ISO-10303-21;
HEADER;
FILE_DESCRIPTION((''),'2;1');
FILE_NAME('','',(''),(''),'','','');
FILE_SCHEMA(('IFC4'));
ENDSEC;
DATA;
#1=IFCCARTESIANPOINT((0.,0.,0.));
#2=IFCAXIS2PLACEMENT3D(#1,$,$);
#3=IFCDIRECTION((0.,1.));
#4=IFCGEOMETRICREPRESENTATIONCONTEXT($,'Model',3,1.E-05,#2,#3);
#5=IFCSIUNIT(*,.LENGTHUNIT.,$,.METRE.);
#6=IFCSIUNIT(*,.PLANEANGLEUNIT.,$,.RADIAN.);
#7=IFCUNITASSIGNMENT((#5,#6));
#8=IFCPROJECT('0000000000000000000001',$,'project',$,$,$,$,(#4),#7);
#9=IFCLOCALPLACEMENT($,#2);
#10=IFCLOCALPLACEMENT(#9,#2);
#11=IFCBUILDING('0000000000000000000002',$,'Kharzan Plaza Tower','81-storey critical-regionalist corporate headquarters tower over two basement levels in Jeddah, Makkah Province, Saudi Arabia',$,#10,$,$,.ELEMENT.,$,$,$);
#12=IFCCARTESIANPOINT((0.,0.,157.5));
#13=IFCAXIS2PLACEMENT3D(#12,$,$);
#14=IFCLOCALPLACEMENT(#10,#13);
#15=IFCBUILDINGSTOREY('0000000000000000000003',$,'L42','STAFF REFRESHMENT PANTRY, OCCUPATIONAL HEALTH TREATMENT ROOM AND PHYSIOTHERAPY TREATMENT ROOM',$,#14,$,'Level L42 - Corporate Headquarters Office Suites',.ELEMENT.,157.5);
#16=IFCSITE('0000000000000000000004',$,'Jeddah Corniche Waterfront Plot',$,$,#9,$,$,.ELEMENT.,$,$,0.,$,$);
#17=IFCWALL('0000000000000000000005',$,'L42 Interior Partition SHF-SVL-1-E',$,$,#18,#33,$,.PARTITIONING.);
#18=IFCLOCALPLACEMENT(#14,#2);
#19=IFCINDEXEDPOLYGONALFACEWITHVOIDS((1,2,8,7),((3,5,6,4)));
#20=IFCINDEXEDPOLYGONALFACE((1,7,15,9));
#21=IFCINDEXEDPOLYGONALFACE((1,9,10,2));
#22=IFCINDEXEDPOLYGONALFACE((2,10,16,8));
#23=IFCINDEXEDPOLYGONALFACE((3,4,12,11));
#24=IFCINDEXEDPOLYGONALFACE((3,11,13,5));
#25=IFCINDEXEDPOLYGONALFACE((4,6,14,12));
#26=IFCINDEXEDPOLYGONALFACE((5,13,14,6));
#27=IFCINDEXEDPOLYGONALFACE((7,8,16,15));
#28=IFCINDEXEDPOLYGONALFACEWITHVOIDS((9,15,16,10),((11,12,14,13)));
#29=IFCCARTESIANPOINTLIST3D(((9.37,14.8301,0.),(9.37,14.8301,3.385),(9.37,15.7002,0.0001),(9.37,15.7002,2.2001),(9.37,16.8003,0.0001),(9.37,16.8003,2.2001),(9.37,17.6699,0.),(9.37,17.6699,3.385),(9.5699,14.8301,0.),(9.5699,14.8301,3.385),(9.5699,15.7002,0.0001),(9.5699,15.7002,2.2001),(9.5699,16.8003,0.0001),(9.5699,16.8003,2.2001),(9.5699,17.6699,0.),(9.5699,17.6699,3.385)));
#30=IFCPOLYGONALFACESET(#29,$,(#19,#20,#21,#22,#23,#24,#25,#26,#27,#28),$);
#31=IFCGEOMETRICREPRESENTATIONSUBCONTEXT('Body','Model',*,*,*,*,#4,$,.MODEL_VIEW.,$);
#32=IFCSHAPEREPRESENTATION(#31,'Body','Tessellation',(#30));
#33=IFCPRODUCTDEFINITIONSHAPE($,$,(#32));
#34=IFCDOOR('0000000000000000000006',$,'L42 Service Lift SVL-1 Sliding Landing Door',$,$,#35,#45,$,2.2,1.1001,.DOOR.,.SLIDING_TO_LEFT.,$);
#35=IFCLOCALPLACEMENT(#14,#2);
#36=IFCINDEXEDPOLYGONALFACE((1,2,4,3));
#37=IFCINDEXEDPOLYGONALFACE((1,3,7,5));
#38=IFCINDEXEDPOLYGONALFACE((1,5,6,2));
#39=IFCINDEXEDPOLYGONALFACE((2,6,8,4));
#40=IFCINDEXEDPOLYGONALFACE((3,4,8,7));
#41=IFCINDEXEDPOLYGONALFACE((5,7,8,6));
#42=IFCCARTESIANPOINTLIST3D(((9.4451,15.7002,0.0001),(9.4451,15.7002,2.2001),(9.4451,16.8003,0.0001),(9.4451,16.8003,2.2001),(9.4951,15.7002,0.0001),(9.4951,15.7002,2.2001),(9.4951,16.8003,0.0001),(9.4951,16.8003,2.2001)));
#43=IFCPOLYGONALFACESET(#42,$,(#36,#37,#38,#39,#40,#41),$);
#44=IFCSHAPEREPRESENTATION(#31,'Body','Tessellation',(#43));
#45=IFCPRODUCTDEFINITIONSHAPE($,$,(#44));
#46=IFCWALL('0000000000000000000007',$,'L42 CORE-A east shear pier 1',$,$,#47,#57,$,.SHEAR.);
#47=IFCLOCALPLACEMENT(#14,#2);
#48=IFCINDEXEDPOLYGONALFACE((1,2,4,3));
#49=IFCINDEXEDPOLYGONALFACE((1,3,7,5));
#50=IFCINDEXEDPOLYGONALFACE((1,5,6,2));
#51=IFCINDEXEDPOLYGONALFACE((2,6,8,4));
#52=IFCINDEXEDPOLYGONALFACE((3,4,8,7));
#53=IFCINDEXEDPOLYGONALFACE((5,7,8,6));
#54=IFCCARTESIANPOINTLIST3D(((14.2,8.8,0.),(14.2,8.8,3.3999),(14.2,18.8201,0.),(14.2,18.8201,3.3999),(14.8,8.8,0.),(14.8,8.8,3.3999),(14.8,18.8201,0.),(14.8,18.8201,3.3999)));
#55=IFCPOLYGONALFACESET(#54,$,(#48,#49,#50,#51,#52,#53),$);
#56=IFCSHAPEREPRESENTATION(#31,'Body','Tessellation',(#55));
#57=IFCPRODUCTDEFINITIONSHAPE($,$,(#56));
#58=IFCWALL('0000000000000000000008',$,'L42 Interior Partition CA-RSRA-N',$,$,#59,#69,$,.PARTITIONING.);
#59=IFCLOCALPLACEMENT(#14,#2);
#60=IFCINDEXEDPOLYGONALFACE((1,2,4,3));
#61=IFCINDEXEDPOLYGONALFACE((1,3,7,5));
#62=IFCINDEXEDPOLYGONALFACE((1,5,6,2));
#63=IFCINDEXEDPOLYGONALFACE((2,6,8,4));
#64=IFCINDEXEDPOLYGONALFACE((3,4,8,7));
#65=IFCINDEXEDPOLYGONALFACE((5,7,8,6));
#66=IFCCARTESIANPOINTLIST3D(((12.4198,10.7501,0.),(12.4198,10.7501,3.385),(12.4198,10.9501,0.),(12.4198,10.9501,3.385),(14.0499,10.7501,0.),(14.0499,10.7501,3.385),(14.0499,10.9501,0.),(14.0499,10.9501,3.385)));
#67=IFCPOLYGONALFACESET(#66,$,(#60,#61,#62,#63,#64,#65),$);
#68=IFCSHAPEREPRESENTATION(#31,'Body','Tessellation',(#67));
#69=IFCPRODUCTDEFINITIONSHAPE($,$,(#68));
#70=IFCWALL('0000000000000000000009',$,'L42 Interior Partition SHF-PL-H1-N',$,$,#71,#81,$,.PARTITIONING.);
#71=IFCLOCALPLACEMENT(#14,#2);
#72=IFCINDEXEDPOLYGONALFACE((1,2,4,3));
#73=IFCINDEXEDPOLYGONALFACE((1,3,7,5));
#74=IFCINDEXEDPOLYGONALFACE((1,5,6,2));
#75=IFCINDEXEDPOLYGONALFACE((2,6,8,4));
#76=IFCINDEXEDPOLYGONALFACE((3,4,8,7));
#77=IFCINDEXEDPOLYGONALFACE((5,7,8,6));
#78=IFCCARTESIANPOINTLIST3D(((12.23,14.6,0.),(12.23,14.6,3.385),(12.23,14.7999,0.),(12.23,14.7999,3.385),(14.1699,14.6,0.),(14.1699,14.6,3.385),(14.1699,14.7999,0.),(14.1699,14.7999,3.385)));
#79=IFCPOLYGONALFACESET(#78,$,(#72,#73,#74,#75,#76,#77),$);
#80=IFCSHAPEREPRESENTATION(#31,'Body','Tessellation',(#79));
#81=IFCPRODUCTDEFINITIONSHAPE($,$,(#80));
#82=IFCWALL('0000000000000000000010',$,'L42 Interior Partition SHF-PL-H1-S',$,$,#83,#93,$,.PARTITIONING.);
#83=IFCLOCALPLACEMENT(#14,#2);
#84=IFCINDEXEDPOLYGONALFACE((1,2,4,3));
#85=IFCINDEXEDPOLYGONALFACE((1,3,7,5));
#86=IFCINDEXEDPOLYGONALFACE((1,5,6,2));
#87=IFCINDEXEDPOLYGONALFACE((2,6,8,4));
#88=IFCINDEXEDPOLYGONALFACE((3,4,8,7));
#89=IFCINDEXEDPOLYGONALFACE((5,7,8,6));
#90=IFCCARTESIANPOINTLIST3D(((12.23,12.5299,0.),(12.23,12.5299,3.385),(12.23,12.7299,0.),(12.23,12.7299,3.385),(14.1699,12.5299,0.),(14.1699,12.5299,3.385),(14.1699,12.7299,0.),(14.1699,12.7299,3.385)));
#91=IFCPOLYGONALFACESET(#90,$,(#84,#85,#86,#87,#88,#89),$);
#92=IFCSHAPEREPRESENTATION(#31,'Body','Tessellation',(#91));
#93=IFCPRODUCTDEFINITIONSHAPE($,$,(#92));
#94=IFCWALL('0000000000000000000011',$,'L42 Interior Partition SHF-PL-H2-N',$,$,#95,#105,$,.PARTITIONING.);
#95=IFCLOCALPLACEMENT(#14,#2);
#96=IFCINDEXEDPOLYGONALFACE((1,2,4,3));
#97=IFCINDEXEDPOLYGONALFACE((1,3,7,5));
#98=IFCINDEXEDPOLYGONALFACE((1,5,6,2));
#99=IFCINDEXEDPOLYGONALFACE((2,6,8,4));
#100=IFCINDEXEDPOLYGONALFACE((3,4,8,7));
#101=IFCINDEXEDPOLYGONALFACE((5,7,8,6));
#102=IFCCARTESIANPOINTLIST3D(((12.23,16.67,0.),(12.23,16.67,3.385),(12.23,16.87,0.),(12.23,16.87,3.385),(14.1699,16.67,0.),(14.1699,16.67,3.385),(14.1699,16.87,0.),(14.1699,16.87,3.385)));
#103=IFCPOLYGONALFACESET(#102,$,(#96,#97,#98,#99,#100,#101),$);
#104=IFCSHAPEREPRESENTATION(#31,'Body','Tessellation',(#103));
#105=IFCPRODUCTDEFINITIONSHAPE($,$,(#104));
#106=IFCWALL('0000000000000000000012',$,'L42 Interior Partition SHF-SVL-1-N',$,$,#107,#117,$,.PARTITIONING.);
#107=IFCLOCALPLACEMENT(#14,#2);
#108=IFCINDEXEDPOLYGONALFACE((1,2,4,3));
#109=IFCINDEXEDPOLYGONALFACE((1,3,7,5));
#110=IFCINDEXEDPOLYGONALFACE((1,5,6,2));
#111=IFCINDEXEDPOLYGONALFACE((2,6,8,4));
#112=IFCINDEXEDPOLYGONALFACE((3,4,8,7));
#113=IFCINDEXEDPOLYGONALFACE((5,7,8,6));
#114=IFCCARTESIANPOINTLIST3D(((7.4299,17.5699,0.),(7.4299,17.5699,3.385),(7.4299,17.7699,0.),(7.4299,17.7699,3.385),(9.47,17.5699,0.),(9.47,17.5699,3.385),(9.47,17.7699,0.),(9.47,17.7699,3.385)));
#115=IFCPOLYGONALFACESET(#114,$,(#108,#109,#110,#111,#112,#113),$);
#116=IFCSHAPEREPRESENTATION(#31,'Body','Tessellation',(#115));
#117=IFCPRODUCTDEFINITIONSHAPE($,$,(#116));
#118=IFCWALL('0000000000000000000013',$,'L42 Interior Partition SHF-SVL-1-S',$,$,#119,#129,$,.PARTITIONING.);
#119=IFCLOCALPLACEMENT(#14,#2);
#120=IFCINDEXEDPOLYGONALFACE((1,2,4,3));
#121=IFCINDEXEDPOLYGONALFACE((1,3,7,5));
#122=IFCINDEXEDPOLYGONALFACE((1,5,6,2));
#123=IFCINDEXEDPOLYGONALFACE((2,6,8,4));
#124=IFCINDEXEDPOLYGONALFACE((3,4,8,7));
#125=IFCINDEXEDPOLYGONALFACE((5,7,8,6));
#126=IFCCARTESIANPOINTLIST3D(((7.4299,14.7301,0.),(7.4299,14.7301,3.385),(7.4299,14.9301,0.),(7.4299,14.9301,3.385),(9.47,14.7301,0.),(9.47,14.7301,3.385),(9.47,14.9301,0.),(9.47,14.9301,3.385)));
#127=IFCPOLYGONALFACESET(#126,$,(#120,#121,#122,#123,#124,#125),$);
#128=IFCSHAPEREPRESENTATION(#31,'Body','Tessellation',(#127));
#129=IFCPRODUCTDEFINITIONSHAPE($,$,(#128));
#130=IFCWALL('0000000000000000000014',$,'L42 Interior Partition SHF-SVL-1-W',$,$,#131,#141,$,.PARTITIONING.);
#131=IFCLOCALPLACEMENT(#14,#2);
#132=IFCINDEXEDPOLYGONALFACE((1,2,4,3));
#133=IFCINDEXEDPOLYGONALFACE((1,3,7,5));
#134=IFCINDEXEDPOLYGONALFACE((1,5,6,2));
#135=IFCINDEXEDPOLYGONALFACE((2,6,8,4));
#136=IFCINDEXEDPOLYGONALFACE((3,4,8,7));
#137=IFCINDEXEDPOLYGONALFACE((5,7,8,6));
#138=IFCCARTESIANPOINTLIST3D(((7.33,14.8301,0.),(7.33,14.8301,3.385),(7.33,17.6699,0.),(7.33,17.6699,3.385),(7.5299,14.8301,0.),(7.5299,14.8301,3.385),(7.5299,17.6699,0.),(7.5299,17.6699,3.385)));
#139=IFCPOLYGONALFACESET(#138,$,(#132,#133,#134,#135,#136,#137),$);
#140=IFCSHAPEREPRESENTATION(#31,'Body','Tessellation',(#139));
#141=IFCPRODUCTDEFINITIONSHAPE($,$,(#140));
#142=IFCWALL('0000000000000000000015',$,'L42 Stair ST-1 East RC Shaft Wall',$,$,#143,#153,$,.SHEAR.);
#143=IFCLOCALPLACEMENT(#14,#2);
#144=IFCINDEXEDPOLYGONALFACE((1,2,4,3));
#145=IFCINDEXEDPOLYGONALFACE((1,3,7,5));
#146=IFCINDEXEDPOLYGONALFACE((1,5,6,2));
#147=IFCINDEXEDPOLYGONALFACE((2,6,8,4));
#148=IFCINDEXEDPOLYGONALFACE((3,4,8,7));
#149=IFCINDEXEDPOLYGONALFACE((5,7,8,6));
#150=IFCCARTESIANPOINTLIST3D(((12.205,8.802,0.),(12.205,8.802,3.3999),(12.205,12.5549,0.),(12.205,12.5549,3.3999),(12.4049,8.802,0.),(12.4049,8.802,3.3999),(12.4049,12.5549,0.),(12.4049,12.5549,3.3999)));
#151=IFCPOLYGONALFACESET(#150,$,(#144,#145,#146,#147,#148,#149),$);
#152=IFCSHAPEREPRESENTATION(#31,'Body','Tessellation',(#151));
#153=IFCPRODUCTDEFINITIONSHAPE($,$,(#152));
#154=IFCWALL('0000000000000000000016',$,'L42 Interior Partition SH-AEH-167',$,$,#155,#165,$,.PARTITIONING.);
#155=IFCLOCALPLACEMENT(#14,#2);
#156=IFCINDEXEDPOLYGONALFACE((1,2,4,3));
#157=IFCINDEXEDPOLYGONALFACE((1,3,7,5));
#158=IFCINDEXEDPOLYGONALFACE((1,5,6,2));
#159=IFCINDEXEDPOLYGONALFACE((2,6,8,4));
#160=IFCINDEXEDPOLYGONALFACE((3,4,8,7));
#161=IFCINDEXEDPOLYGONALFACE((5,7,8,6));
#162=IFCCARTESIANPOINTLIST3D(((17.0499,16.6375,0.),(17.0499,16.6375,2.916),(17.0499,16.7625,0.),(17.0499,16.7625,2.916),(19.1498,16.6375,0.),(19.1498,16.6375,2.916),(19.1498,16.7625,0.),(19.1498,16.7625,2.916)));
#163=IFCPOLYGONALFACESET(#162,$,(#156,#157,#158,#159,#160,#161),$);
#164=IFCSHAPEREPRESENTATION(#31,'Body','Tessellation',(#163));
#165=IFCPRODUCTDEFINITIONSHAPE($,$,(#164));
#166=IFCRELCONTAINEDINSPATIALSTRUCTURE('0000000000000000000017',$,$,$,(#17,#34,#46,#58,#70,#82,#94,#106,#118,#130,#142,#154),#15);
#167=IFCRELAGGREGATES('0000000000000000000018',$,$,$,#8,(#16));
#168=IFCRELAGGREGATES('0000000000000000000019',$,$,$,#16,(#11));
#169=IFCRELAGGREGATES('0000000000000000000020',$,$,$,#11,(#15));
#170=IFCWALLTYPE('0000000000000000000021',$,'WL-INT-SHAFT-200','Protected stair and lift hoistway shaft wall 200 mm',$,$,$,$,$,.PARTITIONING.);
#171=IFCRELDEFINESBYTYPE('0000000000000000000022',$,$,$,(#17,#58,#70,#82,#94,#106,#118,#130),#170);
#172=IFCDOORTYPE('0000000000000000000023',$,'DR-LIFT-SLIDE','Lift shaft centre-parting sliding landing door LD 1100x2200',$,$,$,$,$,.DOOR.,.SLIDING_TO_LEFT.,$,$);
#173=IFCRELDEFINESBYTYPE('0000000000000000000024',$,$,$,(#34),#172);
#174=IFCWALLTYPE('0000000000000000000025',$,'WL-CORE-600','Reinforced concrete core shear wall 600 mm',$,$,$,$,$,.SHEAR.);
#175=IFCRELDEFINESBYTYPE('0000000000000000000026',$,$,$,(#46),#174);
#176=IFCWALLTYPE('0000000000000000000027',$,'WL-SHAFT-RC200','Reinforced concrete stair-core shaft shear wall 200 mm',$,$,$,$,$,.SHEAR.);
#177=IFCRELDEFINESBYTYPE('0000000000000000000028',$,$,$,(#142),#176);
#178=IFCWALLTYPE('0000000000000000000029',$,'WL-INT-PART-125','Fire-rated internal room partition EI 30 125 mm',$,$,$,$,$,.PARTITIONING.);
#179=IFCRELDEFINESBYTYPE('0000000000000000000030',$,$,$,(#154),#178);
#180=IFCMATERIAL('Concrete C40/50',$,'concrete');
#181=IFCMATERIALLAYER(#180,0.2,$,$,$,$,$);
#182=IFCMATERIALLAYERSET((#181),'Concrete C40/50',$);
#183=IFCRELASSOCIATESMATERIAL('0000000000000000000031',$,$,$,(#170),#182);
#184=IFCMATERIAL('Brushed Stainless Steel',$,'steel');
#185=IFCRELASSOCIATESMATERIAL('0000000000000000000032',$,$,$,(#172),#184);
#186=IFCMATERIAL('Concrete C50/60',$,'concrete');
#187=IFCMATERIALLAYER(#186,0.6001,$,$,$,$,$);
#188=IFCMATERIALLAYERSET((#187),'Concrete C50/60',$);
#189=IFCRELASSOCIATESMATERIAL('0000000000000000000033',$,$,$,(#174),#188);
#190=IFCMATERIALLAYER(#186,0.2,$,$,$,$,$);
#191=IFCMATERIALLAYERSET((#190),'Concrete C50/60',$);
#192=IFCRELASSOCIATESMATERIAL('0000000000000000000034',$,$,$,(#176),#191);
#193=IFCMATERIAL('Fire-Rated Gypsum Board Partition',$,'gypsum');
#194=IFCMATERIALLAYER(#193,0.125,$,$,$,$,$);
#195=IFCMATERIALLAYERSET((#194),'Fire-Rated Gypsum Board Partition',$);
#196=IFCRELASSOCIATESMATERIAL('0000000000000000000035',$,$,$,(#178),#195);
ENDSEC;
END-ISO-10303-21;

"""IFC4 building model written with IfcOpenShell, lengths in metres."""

from ifc_helpers import new_model, si_unit, direction, frame, frame_2d, origin, place, context, subcontext, project, spatial, rectangle, extrude, source, transform, mapped, material, layer, layer_set, type_object, element, fill, save


model = new_model("IFC4")

# Units and contexts
model_context = context("Model", 3, precision=1e-05, world=origin(), true_north=direction((0.0, 1.0)))
body_context = subcontext(model_context, "Body", "Model", "MODEL_VIEW")
ifc_project = project(units=[si_unit("LENGTHUNIT", "METRE"), si_unit("PLANEANGLEUNIT", "RADIAN")], contexts=[model_context])

# Site, building, storey
site_placement = place(None, origin())
site = spatial("IfcSite", under=ifc_project, at=site_placement, Name="Jeddah Corniche Waterfront Plot", CompositionType="ELEMENT", RefElevation=0.0)
building_placement = place(site_placement, origin())
building = spatial("IfcBuilding", under=site, at=building_placement, Name="Kharzan Plaza Tower", Description="81-storey critical-regionalist corporate headquarters tower over two basement levels in Jeddah, Makkah Province, Saudi Arabia", CompositionType="ELEMENT")
storey_placement = place(building_placement, frame((0.0, 0.0, 157.5)))
storey = spatial("IfcBuildingStorey", under=building, at=storey_placement, Name="L42", Description="STAFF REFRESHMENT PANTRY, OCCUPATIONAL HEALTH TREATMENT ROOM AND PHYSIOTHERAPY TREATMENT ROOM", LongName="Level L42 - Corporate Headquarters Office Suites", CompositionType="ELEMENT", Elevation=157.5)

# Wall, opening, door
ifc_material_1 = material(Name="Concrete C40/50", Category="concrete")
ifc_layer_1 = layer(ifc_material_1, 0.2)
ifc_layer_set_1 = layer_set([ifc_layer_1], Name="Concrete C40/50")
wall_type_1 = type_object("IfcWallType", Name="WL-INT-SHAFT-200", Description="Protected stair and lift hoistway shaft wall 200 mm", PredefinedType="PARTITIONING", material=ifc_layer_set_1)
ifc_material_2 = material(Name="Brushed Stainless Steel", Category="steel")
door_type = type_object("IfcDoorType", Name="DR-LIFT-SLIDE", Description="Lift shaft centre-parting sliding landing door LD 1100x2200", OperationType="SLIDING_TO_LEFT", PredefinedType="DOOR", material=ifc_material_2)
shared_shape_1 = source(origin(), body_context, "Body", "SweptSolid", [
    extrude(rectangle(XDim=1.1001, YDim=2.2, at=frame_2d((0.55, 1.1001))), frame((0.0, 0.0249, 0.0), z_axis=(0.0, -1.0, 0.0), x_axis=(1.0, 0.0, 0.0)), (0.0, 0.0, 1.0), 0.05),
])
wall_1_placement = place(storey_placement, frame((9.47, 14.8301, 0.0), z_axis=(0.0, 0.0, 1.0), x_axis=(0.0, 1.0, 0.0)))
wall_1 = element("IfcWall", 1, at=wall_1_placement, inside=storey, type_object=wall_type_1, Name="L42 Interior Partition SHF-SVL-1-E", PredefinedType="PARTITIONING", context=body_context, shape_type="SweptSolid", body=[
    extrude(rectangle(XDim=2.8398, YDim=0.2, at=frame_2d((1.4199, 0.0))), origin(), (0.0, 0.0, 1.0), 3.385),
])
opening_1_placement = place(wall_1_placement, frame((0.8701, 0.0, 0.0)))
opening_1 = element("IfcOpeningElement", 2, at=opening_1_placement, cuts=wall_1, PredefinedType="OPENING", context=body_context, shape_type="SweptSolid", body=[
    extrude(rectangle(XDim=1.1001, YDim=2.2, at=frame_2d((0.55, 1.1001))), frame((0.0, 0.1099, 0.0), z_axis=(0.0, -1.0, 0.0), x_axis=(1.0, 0.0, 0.0)), (0.0, 0.0, 1.0), 0.22),
])
door_1_placement = place(opening_1_placement, origin())
door_1 = element("IfcDoor", 3, at=door_1_placement, inside=storey, type_object=door_type, Name="L42 Service Lift SVL-1 Sliding Landing Door", OperationType="SLIDING_TO_LEFT", OverallHeight=2.2, OverallWidth=1.1001, PredefinedType="DOOR", context=body_context, shape_type="MappedRepresentation", body=[
    mapped(shared_shape_1, transform((0.0, 0.0, 0.0), x_axis=(1.0, 0.0, 0.0), y_axis=(0.0, 1.0, 0.0), z_axis=(0.0, 0.0, 1.0))),
])
fill(opening_1, door_1)

# Walls
ifc_material_3 = material(Name="Concrete C50/60", Category="concrete")
ifc_layer_2 = layer(ifc_material_3, 0.6001)
ifc_layer_set_2 = layer_set([ifc_layer_2], Name="Concrete C50/60")
wall_type_2 = type_object("IfcWallType", Name="WL-CORE-600", Description="Reinforced concrete core shear wall 600 mm", PredefinedType="SHEAR", material=ifc_layer_set_2)
shared_shape_2 = source(origin(), body_context, "Body", "SweptSolid", [
    extrude(rectangle(XDim=10.02, YDim=0.6001, at=frame_2d((5.01, 0.0))), origin(), (0.0, 0.0, 1.0), 3.3999),
])
wall_2_placement = place(storey_placement, frame((14.5, 8.8, 0.0), z_axis=(0.0, 0.0, 1.0), x_axis=(0.0, 1.0, 0.0)))
element("IfcWall", 4, at=wall_2_placement, inside=storey, type_object=wall_type_2, Name="L42 CORE-A east shear pier 1", PredefinedType="SHEAR", context=body_context, shape_type="MappedRepresentation", body=[
    mapped(shared_shape_2, transform((0.0, 0.0, 0.0), x_axis=(1.0, 0.0, 0.0), y_axis=(0.0, 1.0, 0.0), z_axis=(0.0, 0.0, 1.0))),
])
shared_shape_3 = source(origin(), body_context, "Body", "SweptSolid", [
    extrude(rectangle(XDim=1.6301, YDim=0.2, at=frame_2d((0.8149, 0.0))), origin(), (0.0, 0.0, 1.0), 3.385),
])
wall_3_placement = place(storey_placement, frame((12.4199, 10.8501, 0.0), z_axis=(0.0, 0.0, 1.0), x_axis=(1.0, 0.0, 0.0)))
element("IfcWall", 5, at=wall_3_placement, inside=storey, type_object=wall_type_1, Name="L42 Interior Partition CA-RSRA-N", PredefinedType="PARTITIONING", context=body_context, shape_type="MappedRepresentation", body=[
    mapped(shared_shape_3, transform((0.0, 0.0, 0.0), x_axis=(1.0, 0.0, 0.0), y_axis=(0.0, 1.0, 0.0), z_axis=(0.0, 0.0, 1.0))),
])
shared_shape_4 = source(origin(), body_context, "Body", "SweptSolid", [
    extrude(rectangle(XDim=1.9399, YDim=0.2, at=frame_2d((0.97, 0.0))), origin(), (0.0, 0.0, 1.0), 3.385),
])
for number, where, z_axis, x_axis, name in (
    (6, (12.23, 14.7, 0.0), (0.0, 0.0, 1.0), (1.0, 0.0, 0.0), "L42 Interior Partition SHF-PL-H1-N"),
    (7, (12.23, 12.6299, 0.0), (0.0, 0.0, 1.0), (1.0, 0.0, 0.0), "L42 Interior Partition SHF-PL-H1-S"),
    (8, (12.23, 16.77, 0.0), (0.0, 0.0, 1.0), (1.0, 0.0, 0.0), "L42 Interior Partition SHF-PL-H2-N"),
):
    element("IfcWall", number, at=place(storey_placement, frame(where, z_axis=z_axis, x_axis=x_axis)), inside=storey, type_object=wall_type_1, Name=name, PredefinedType="PARTITIONING", context=body_context, shape_type="MappedRepresentation", body=[
        mapped(shared_shape_4, transform((0.0, 0.0, 0.0), x_axis=(1.0, 0.0, 0.0), y_axis=(0.0, 1.0, 0.0), z_axis=(0.0, 0.0, 1.0))),
    ])
shared_shape_5 = source(origin(), body_context, "Body", "SweptSolid", [
    extrude(rectangle(XDim=2.04, YDim=0.2, at=frame_2d((1.02, 0.0))), origin(), (0.0, 0.0, 1.0), 3.385),
])
for number, where, z_axis, x_axis, name in (
    (9, (7.4299, 17.6699, 0.0), (0.0, 0.0, 1.0), (1.0, 0.0, 0.0), "L42 Interior Partition SHF-SVL-1-N"),
    (10, (7.4299, 14.8301, 0.0), (0.0, 0.0, 1.0), (1.0, 0.0, 0.0), "L42 Interior Partition SHF-SVL-1-S"),
):
    element("IfcWall", number, at=place(storey_placement, frame(where, z_axis=z_axis, x_axis=x_axis)), inside=storey, type_object=wall_type_1, Name=name, PredefinedType="PARTITIONING", context=body_context, shape_type="MappedRepresentation", body=[
        mapped(shared_shape_5, transform((0.0, 0.0, 0.0), x_axis=(1.0, 0.0, 0.0), y_axis=(0.0, 1.0, 0.0), z_axis=(0.0, 0.0, 1.0))),
    ])
shared_shape_6 = source(origin(), body_context, "Body", "SweptSolid", [
    extrude(rectangle(XDim=2.8398, YDim=0.2, at=frame_2d((1.4199, 0.0))), origin(), (0.0, 0.0, 1.0), 3.385),
])
wall_4_placement = place(storey_placement, frame((7.4299, 14.8301, 0.0), z_axis=(0.0, 0.0, 1.0), x_axis=(0.0, 1.0, 0.0)))
element("IfcWall", 11, at=wall_4_placement, inside=storey, type_object=wall_type_1, Name="L42 Interior Partition SHF-SVL-1-W", PredefinedType="PARTITIONING", context=body_context, shape_type="MappedRepresentation", body=[
    mapped(shared_shape_6, transform((0.0, 0.0, 0.0), x_axis=(1.0, 0.0, 0.0), y_axis=(0.0, 1.0, 0.0), z_axis=(0.0, 0.0, 1.0))),
])
ifc_layer_3 = layer(ifc_material_3, 0.2)
ifc_layer_set_3 = layer_set([ifc_layer_3], Name="Concrete C50/60")
wall_type_3 = type_object("IfcWallType", Name="WL-SHAFT-RC200", Description="Reinforced concrete stair-core shaft shear wall 200 mm", PredefinedType="SHEAR", material=ifc_layer_set_3)
shared_shape_7 = source(origin(), body_context, "Body", "SweptSolid", [
    extrude(rectangle(XDim=3.7529, YDim=0.2, at=frame_2d((1.8765, 0.0))), origin(), (0.0, 0.0, 1.0), 3.3999),
])
wall_5_placement = place(storey_placement, frame((12.3049, 8.802, 0.0), z_axis=(0.0, 0.0, 1.0), x_axis=(0.0, 1.0, 0.0)))
element("IfcWall", 12, at=wall_5_placement, inside=storey, type_object=wall_type_3, Name="L42 Stair ST-1 East RC Shaft Wall", PredefinedType="SHEAR", context=body_context, shape_type="MappedRepresentation", body=[
    mapped(shared_shape_7, transform((0.0, 0.0, 0.0), x_axis=(1.0, 0.0, 0.0), y_axis=(0.0, 1.0, 0.0), z_axis=(0.0, 0.0, 1.0))),
])
ifc_material_4 = material(Name="Fire-Rated Gypsum Board Partition", Category="gypsum")
ifc_layer_4 = layer(ifc_material_4, 0.125)
ifc_layer_set_4 = layer_set([ifc_layer_4], Name="Fire-Rated Gypsum Board Partition")
wall_type_4 = type_object("IfcWallType", Name="WL-INT-PART-125", Description="Fire-rated internal room partition EI 30 125 mm", PredefinedType="PARTITIONING", material=ifc_layer_set_4)
shared_shape_8 = source(origin(), body_context, "Body", "SweptSolid", [
    extrude(rectangle(XDim=2.0999, YDim=0.125, at=frame_2d((1.0498, 0.0))), origin(), (0.0, 0.0, 1.0), 2.916),
])
wall_6_placement = place(storey_placement, frame((17.05, 16.7, 0.0), z_axis=(0.0, 0.0, 1.0), x_axis=(1.0, 0.0, 0.0)))
element("IfcWall", 13, at=wall_6_placement, inside=storey, type_object=wall_type_4, Name="L42 Interior Partition SH-AEH-167", PredefinedType="PARTITIONING", context=body_context, shape_type="MappedRepresentation", body=[
    mapped(shared_shape_8, transform((0.0, 0.0, 0.0), x_axis=(1.0, 0.0, 0.0), y_axis=(0.0, 1.0, 0.0), z_axis=(0.0, 0.0, 1.0))),
])

save(model, "model.ifc")
